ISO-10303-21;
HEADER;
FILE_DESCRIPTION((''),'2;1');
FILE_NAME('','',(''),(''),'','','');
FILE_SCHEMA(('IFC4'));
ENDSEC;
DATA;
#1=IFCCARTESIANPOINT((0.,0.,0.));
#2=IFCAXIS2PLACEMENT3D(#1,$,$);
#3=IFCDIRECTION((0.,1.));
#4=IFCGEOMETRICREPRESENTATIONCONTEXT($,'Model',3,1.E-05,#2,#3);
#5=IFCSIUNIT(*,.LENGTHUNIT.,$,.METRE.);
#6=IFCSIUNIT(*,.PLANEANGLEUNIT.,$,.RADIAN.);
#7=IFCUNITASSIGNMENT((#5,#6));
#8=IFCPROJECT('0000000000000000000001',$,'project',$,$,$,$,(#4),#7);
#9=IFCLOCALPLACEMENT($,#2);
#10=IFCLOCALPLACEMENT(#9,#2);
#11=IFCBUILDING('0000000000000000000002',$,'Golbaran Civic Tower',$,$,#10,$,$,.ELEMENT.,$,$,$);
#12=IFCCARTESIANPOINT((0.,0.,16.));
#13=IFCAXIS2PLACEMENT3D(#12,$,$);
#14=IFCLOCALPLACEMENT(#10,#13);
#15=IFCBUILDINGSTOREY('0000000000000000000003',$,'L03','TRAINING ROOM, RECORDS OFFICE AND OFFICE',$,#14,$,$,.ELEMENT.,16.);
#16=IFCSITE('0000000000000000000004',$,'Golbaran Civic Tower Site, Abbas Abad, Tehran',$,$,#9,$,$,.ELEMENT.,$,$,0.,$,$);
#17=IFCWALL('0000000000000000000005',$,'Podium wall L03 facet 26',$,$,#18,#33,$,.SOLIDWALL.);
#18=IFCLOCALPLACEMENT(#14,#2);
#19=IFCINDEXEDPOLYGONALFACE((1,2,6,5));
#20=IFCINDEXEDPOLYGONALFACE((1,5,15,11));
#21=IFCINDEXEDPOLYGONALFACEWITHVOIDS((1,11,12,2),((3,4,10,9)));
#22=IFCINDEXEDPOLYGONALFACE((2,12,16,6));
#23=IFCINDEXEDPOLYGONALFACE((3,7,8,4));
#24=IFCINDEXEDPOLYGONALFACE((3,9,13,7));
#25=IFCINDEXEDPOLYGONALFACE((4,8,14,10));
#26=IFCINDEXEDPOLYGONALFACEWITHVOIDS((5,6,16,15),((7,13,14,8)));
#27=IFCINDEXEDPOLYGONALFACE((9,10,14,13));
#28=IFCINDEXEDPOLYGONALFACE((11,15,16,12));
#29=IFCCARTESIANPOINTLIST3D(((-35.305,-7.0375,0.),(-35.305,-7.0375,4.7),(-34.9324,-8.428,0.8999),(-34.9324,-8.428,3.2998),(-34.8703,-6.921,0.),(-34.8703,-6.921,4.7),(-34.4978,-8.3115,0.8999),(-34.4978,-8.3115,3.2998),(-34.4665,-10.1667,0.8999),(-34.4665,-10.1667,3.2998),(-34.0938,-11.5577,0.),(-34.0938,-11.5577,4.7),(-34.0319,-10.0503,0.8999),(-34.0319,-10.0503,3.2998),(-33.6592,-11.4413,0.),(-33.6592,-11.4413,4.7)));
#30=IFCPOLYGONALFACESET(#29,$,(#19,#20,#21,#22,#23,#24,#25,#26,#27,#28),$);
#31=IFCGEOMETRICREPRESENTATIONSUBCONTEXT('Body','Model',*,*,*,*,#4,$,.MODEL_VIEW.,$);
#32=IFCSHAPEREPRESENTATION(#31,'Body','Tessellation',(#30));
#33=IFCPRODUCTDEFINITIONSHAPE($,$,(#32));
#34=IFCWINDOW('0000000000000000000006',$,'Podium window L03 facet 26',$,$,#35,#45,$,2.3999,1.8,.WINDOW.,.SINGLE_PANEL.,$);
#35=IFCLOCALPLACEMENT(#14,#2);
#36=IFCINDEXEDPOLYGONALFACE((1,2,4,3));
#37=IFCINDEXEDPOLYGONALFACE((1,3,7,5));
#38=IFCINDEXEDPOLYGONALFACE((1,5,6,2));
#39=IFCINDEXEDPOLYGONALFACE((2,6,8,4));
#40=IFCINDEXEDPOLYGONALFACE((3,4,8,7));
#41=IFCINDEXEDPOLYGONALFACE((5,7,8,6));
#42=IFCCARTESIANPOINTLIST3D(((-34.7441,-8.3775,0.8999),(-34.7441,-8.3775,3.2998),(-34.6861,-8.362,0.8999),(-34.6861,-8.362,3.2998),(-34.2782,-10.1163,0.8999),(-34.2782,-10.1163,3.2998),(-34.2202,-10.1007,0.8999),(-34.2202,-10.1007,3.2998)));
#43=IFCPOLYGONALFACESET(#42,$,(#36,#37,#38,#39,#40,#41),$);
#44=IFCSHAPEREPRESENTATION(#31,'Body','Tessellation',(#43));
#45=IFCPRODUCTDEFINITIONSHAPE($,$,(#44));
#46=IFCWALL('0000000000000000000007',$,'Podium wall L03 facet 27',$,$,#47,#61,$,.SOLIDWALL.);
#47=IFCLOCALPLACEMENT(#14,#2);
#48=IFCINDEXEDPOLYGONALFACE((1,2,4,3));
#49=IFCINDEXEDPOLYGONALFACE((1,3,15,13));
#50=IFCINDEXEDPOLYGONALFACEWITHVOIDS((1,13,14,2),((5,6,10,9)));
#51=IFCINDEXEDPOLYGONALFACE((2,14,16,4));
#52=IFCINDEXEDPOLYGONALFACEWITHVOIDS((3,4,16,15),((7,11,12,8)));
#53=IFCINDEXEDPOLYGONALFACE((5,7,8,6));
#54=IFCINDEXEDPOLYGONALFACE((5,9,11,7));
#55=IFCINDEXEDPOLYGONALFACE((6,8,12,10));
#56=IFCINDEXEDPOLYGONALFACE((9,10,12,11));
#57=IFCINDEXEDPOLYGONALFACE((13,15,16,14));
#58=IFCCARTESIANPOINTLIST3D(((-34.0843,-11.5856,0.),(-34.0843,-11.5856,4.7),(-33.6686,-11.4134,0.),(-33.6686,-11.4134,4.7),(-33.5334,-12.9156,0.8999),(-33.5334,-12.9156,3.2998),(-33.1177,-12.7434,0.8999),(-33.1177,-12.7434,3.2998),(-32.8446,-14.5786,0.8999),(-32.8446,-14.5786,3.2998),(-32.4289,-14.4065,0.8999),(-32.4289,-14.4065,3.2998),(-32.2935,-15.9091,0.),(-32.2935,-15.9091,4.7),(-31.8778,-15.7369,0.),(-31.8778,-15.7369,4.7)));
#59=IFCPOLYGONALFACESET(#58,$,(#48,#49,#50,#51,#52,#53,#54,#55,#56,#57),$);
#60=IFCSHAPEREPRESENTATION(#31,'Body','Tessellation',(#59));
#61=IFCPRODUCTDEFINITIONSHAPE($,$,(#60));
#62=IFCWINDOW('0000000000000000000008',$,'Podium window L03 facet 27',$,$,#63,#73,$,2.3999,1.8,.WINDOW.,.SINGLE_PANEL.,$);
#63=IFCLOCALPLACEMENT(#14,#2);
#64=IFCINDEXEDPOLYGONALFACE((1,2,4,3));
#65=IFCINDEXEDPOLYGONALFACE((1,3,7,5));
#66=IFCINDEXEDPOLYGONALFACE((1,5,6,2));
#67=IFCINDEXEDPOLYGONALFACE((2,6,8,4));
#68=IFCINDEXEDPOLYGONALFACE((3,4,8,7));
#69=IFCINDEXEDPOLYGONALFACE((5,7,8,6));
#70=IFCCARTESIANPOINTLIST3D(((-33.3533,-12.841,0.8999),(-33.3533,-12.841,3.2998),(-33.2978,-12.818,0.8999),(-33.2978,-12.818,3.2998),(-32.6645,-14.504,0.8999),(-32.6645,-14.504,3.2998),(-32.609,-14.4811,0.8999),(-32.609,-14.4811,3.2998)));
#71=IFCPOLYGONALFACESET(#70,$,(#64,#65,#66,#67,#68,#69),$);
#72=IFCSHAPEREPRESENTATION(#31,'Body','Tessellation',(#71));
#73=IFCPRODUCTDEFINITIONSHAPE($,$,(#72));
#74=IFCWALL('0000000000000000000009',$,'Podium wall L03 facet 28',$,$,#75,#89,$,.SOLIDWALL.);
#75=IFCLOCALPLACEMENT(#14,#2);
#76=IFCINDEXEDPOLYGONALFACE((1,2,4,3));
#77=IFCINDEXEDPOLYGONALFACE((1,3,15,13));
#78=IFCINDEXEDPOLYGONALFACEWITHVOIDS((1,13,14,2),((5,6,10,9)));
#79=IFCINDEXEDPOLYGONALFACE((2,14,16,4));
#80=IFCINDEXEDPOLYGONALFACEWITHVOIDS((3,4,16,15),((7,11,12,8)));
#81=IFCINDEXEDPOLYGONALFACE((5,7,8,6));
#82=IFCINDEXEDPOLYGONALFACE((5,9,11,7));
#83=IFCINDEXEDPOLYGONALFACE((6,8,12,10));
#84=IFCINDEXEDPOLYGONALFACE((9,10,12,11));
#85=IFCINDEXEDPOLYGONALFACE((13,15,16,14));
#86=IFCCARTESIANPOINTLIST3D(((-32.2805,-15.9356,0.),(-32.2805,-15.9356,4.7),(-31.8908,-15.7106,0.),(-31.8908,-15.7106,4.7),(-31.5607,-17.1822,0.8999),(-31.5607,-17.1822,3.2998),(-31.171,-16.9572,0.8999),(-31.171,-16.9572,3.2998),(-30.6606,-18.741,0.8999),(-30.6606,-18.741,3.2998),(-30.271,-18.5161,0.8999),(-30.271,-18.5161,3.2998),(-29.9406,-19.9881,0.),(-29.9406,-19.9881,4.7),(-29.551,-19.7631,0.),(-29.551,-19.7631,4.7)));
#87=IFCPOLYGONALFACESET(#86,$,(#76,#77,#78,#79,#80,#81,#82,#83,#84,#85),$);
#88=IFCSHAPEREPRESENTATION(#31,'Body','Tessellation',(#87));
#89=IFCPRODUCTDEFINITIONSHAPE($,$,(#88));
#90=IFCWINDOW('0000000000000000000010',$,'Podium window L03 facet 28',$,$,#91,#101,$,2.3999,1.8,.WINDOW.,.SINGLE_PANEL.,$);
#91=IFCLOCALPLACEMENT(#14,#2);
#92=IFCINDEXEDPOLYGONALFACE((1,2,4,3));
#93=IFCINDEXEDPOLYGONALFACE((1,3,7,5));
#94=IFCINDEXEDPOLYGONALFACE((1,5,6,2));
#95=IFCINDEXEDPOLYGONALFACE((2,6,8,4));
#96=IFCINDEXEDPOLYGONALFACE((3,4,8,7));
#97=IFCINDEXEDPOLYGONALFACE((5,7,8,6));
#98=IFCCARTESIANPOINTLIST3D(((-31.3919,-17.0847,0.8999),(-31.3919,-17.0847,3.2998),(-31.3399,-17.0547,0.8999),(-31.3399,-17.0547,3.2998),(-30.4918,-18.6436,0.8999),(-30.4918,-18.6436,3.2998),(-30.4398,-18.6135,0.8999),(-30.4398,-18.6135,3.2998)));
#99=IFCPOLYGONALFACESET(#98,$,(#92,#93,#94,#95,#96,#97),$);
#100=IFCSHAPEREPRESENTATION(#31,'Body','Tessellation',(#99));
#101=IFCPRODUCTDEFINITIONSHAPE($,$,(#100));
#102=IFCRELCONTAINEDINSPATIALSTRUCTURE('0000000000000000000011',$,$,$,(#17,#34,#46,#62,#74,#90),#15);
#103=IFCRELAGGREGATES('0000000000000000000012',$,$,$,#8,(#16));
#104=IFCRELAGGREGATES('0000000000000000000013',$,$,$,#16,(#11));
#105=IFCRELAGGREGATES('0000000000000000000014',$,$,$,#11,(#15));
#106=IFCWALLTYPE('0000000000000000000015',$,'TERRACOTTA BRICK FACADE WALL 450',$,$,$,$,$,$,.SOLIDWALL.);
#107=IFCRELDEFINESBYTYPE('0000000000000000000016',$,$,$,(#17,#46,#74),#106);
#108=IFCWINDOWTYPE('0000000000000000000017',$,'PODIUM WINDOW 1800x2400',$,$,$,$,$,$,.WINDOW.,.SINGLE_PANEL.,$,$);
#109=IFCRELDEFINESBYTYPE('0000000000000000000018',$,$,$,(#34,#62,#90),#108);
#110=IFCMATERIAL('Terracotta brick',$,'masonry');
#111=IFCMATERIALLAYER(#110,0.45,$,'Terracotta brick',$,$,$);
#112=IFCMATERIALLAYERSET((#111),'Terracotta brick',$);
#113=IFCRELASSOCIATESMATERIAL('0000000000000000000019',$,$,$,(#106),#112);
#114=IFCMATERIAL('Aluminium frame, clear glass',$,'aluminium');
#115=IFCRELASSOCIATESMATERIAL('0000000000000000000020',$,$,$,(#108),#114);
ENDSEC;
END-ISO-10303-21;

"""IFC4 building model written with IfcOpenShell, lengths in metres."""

from ifc_helpers import new_model, si_unit, direction, frame, frame_2d, origin, place, context, subcontext, project, spatial, rectangle, extrude, material, layer, layer_set, type_object, element, fill, save


model = new_model("IFC4")

# Units and contexts
model_context = context("Model", 3, precision=1e-05, world=origin(), true_north=direction((0.0, 1.0)))
body_context = subcontext(model_context, "Body", "Model", "MODEL_VIEW")
ifc_project = project(units=[si_unit("LENGTHUNIT", "METRE"), si_unit("PLANEANGLEUNIT", "RADIAN")], contexts=[model_context])

# Site, building, storey
site_placement = place(None, origin())
site = spatial("IfcSite", under=ifc_project, at=site_placement, Name="Golbaran Civic Tower Site, Abbas Abad, Tehran", CompositionType="ELEMENT", RefElevation=0.0)
building_placement = place(site_placement, origin())
building = spatial("IfcBuilding", under=site, at=building_placement, Name="Golbaran Civic Tower", CompositionType="ELEMENT")
storey_placement = place(building_placement, frame((0.0, 0.0, 16.0)))
storey = spatial("IfcBuildingStorey", under=building, at=storey_placement, Name="L03", Description="TRAINING ROOM, RECORDS OFFICE AND OFFICE", CompositionType="ELEMENT", Elevation=16.0)

# Walls, openings, windows
ifc_material_1 = material(Name="Terracotta brick", Category="masonry")
ifc_layer_1 = layer(ifc_material_1, 0.45, Name="Terracotta brick")
ifc_layer_set_1 = layer_set([ifc_layer_1], Name="Terracotta brick")
wall_type_1 = type_object("IfcWallType", Name="TERRACOTTA BRICK FACADE WALL 450", PredefinedType="SOLIDWALL", material=ifc_layer_set_1)
wall_1_placement = place(storey_placement, frame((-35.0876, -6.9792, 0.0), z_axis=(0.0, 0.0, 1.0), x_axis=(0.258815, -0.965927, 0.0)))
wall_1 = element("IfcWall", 1, at=wall_1_placement, inside=storey, type_object=wall_type_1, Name="Podium wall L03 facet 26", PredefinedType="SOLIDWALL", context=body_context, shape_type="SweptSolid", body=[
    extrude(rectangle(XDim=4.6797, YDim=0.45, at=frame_2d((2.3398, 0.0))), origin(), (0.0, 0.0, 1.0), 4.7),
])
opening_1_placement = place(wall_1_placement, frame((1.4397, 0.0, 0.8999)))
opening_1 = element("IfcOpeningElement", 2, at=opening_1_placement, cuts=wall_1, PredefinedType="OPENING", context=body_context, shape_type="SweptSolid", body=[
    extrude(rectangle(XDim=1.8, YDim=2.3999, at=frame_2d((0.8999, 1.2))), frame((0.0, 0.2349, 0.0), z_axis=(0.0, -1.0, 0.0), x_axis=(1.0, 0.0, 0.0)), (0.0, 0.0, 1.0), 0.47),
])
ifc_material_2 = material(Name="Aluminium frame, clear glass", Category="aluminium")
window_type = type_object("IfcWindowType", Name="PODIUM WINDOW 1800x2400", PartitioningType="SINGLE_PANEL", PredefinedType="WINDOW", material=ifc_material_2)
window_1_placement = place(opening_1_placement, origin())
window_1 = element("IfcWindow", 3, at=window_1_placement, inside=storey, type_object=window_type, Name="Podium window L03 facet 26", OverallHeight=2.3999, OverallWidth=1.8, PartitioningType="SINGLE_PANEL", PredefinedType="WINDOW", context=body_context, shape_type="SweptSolid", body=[
    extrude(rectangle(XDim=1.8, YDim=2.3999, at=frame_2d((0.8999, 1.2))), frame((0.0, 0.03, 0.0), z_axis=(0.0, -1.0, 0.0), x_axis=(1.0, 0.0, 0.0)), (0.0, 0.0, 1.0), 0.0601),
])
fill(opening_1, window_1)
wall_2_placement = place(storey_placement, frame((-33.8765, -11.4995, 0.0), z_axis=(0.0, 0.0, 1.0), x_axis=(0.38267, -0.923885, 0.0)))
wall_2 = element("IfcWall", 4, at=wall_2_placement, inside=storey, type_object=wall_type_1, Name="Podium wall L03 facet 27", PredefinedType="SOLIDWALL", context=body_context, shape_type="SweptSolid", body=[
    extrude(rectangle(XDim=4.6797, YDim=0.45, at=frame_2d((2.3398, 0.0))), origin(), (0.0, 0.0, 1.0), 4.7),
])
opening_2_placement = place(wall_2_placement, frame((1.4397, 0.0, 0.8999)))
opening_2 = element("IfcOpeningElement", 5, at=opening_2_placement, cuts=wall_2, PredefinedType="OPENING", context=body_context, shape_type="SweptSolid", body=[
    extrude(rectangle(XDim=1.8, YDim=2.3999, at=frame_2d((0.8999, 1.2))), frame((0.0, 0.2349, 0.0), z_axis=(0.0, -1.0, 0.0), x_axis=(1.0, 0.0, 0.0)), (0.0, 0.0, 1.0), 0.47),
])
window_2_placement = place(opening_2_placement, origin())
window_2 = element("IfcWindow", 6, at=window_2_placement, inside=storey, type_object=window_type, Name="Podium window L03 facet 27", OverallHeight=2.3999, OverallWidth=1.8, PartitioningType="SINGLE_PANEL", PredefinedType="WINDOW", context=body_context, shape_type="SweptSolid", body=[
    extrude(rectangle(XDim=1.8, YDim=2.3999, at=frame_2d((0.8999, 1.2))), frame((0.0, 0.03, 0.0), z_axis=(0.0, -1.0, 0.0), x_axis=(1.0, 0.0, 0.0)), (0.0, 0.0, 1.0), 0.0601),
])
fill(opening_2, window_2)
wall_3_placement = place(storey_placement, frame((-32.0857, -15.823, 0.0), z_axis=(0.0, 0.0, 1.0), x_axis=(0.500022, -0.866013, 0.0)))
wall_3 = element("IfcWall", 7, at=wall_3_placement, inside=storey, type_object=wall_type_1, Name="Podium wall L03 facet 28", PredefinedType="SOLIDWALL", context=body_context, shape_type="SweptSolid", body=[
    extrude(rectangle(XDim=4.6794, YDim=0.45, at=frame_2d((2.3398, 0.0))), origin(), (0.0, 0.0, 1.0), 4.7),
])
opening_3_placement = place(wall_3_placement, frame((1.4397, 0.0, 0.8999)))
opening_3 = element("IfcOpeningElement", 8, at=opening_3_placement, cuts=wall_3, PredefinedType="OPENING", context=body_context, shape_type="SweptSolid", body=[
    extrude(rectangle(XDim=1.8, YDim=2.3999, at=frame_2d((0.8999, 1.2))), frame((0.0, 0.2349, 0.0), z_axis=(0.0, -1.0, 0.0), x_axis=(1.0, 0.0, 0.0)), (0.0, 0.0, 1.0), 0.47),
])
window_3_placement = place(opening_3_placement, origin())
window_3 = element("IfcWindow", 9, at=window_3_placement, inside=storey, type_object=window_type, Name="Podium window L03 facet 28", OverallHeight=2.3999, OverallWidth=1.8, PartitioningType="SINGLE_PANEL", PredefinedType="WINDOW", context=body_context, shape_type="SweptSolid", body=[
    extrude(rectangle(XDim=1.8, YDim=2.3999, at=frame_2d((0.8999, 1.2))), frame((0.0, 0.03, 0.0), z_axis=(0.0, -1.0, 0.0), x_axis=(1.0, 0.0, 0.0)), (0.0, 0.0, 1.0), 0.0601),
])
fill(opening_3, window_3)

save(model, "model.ifc")
